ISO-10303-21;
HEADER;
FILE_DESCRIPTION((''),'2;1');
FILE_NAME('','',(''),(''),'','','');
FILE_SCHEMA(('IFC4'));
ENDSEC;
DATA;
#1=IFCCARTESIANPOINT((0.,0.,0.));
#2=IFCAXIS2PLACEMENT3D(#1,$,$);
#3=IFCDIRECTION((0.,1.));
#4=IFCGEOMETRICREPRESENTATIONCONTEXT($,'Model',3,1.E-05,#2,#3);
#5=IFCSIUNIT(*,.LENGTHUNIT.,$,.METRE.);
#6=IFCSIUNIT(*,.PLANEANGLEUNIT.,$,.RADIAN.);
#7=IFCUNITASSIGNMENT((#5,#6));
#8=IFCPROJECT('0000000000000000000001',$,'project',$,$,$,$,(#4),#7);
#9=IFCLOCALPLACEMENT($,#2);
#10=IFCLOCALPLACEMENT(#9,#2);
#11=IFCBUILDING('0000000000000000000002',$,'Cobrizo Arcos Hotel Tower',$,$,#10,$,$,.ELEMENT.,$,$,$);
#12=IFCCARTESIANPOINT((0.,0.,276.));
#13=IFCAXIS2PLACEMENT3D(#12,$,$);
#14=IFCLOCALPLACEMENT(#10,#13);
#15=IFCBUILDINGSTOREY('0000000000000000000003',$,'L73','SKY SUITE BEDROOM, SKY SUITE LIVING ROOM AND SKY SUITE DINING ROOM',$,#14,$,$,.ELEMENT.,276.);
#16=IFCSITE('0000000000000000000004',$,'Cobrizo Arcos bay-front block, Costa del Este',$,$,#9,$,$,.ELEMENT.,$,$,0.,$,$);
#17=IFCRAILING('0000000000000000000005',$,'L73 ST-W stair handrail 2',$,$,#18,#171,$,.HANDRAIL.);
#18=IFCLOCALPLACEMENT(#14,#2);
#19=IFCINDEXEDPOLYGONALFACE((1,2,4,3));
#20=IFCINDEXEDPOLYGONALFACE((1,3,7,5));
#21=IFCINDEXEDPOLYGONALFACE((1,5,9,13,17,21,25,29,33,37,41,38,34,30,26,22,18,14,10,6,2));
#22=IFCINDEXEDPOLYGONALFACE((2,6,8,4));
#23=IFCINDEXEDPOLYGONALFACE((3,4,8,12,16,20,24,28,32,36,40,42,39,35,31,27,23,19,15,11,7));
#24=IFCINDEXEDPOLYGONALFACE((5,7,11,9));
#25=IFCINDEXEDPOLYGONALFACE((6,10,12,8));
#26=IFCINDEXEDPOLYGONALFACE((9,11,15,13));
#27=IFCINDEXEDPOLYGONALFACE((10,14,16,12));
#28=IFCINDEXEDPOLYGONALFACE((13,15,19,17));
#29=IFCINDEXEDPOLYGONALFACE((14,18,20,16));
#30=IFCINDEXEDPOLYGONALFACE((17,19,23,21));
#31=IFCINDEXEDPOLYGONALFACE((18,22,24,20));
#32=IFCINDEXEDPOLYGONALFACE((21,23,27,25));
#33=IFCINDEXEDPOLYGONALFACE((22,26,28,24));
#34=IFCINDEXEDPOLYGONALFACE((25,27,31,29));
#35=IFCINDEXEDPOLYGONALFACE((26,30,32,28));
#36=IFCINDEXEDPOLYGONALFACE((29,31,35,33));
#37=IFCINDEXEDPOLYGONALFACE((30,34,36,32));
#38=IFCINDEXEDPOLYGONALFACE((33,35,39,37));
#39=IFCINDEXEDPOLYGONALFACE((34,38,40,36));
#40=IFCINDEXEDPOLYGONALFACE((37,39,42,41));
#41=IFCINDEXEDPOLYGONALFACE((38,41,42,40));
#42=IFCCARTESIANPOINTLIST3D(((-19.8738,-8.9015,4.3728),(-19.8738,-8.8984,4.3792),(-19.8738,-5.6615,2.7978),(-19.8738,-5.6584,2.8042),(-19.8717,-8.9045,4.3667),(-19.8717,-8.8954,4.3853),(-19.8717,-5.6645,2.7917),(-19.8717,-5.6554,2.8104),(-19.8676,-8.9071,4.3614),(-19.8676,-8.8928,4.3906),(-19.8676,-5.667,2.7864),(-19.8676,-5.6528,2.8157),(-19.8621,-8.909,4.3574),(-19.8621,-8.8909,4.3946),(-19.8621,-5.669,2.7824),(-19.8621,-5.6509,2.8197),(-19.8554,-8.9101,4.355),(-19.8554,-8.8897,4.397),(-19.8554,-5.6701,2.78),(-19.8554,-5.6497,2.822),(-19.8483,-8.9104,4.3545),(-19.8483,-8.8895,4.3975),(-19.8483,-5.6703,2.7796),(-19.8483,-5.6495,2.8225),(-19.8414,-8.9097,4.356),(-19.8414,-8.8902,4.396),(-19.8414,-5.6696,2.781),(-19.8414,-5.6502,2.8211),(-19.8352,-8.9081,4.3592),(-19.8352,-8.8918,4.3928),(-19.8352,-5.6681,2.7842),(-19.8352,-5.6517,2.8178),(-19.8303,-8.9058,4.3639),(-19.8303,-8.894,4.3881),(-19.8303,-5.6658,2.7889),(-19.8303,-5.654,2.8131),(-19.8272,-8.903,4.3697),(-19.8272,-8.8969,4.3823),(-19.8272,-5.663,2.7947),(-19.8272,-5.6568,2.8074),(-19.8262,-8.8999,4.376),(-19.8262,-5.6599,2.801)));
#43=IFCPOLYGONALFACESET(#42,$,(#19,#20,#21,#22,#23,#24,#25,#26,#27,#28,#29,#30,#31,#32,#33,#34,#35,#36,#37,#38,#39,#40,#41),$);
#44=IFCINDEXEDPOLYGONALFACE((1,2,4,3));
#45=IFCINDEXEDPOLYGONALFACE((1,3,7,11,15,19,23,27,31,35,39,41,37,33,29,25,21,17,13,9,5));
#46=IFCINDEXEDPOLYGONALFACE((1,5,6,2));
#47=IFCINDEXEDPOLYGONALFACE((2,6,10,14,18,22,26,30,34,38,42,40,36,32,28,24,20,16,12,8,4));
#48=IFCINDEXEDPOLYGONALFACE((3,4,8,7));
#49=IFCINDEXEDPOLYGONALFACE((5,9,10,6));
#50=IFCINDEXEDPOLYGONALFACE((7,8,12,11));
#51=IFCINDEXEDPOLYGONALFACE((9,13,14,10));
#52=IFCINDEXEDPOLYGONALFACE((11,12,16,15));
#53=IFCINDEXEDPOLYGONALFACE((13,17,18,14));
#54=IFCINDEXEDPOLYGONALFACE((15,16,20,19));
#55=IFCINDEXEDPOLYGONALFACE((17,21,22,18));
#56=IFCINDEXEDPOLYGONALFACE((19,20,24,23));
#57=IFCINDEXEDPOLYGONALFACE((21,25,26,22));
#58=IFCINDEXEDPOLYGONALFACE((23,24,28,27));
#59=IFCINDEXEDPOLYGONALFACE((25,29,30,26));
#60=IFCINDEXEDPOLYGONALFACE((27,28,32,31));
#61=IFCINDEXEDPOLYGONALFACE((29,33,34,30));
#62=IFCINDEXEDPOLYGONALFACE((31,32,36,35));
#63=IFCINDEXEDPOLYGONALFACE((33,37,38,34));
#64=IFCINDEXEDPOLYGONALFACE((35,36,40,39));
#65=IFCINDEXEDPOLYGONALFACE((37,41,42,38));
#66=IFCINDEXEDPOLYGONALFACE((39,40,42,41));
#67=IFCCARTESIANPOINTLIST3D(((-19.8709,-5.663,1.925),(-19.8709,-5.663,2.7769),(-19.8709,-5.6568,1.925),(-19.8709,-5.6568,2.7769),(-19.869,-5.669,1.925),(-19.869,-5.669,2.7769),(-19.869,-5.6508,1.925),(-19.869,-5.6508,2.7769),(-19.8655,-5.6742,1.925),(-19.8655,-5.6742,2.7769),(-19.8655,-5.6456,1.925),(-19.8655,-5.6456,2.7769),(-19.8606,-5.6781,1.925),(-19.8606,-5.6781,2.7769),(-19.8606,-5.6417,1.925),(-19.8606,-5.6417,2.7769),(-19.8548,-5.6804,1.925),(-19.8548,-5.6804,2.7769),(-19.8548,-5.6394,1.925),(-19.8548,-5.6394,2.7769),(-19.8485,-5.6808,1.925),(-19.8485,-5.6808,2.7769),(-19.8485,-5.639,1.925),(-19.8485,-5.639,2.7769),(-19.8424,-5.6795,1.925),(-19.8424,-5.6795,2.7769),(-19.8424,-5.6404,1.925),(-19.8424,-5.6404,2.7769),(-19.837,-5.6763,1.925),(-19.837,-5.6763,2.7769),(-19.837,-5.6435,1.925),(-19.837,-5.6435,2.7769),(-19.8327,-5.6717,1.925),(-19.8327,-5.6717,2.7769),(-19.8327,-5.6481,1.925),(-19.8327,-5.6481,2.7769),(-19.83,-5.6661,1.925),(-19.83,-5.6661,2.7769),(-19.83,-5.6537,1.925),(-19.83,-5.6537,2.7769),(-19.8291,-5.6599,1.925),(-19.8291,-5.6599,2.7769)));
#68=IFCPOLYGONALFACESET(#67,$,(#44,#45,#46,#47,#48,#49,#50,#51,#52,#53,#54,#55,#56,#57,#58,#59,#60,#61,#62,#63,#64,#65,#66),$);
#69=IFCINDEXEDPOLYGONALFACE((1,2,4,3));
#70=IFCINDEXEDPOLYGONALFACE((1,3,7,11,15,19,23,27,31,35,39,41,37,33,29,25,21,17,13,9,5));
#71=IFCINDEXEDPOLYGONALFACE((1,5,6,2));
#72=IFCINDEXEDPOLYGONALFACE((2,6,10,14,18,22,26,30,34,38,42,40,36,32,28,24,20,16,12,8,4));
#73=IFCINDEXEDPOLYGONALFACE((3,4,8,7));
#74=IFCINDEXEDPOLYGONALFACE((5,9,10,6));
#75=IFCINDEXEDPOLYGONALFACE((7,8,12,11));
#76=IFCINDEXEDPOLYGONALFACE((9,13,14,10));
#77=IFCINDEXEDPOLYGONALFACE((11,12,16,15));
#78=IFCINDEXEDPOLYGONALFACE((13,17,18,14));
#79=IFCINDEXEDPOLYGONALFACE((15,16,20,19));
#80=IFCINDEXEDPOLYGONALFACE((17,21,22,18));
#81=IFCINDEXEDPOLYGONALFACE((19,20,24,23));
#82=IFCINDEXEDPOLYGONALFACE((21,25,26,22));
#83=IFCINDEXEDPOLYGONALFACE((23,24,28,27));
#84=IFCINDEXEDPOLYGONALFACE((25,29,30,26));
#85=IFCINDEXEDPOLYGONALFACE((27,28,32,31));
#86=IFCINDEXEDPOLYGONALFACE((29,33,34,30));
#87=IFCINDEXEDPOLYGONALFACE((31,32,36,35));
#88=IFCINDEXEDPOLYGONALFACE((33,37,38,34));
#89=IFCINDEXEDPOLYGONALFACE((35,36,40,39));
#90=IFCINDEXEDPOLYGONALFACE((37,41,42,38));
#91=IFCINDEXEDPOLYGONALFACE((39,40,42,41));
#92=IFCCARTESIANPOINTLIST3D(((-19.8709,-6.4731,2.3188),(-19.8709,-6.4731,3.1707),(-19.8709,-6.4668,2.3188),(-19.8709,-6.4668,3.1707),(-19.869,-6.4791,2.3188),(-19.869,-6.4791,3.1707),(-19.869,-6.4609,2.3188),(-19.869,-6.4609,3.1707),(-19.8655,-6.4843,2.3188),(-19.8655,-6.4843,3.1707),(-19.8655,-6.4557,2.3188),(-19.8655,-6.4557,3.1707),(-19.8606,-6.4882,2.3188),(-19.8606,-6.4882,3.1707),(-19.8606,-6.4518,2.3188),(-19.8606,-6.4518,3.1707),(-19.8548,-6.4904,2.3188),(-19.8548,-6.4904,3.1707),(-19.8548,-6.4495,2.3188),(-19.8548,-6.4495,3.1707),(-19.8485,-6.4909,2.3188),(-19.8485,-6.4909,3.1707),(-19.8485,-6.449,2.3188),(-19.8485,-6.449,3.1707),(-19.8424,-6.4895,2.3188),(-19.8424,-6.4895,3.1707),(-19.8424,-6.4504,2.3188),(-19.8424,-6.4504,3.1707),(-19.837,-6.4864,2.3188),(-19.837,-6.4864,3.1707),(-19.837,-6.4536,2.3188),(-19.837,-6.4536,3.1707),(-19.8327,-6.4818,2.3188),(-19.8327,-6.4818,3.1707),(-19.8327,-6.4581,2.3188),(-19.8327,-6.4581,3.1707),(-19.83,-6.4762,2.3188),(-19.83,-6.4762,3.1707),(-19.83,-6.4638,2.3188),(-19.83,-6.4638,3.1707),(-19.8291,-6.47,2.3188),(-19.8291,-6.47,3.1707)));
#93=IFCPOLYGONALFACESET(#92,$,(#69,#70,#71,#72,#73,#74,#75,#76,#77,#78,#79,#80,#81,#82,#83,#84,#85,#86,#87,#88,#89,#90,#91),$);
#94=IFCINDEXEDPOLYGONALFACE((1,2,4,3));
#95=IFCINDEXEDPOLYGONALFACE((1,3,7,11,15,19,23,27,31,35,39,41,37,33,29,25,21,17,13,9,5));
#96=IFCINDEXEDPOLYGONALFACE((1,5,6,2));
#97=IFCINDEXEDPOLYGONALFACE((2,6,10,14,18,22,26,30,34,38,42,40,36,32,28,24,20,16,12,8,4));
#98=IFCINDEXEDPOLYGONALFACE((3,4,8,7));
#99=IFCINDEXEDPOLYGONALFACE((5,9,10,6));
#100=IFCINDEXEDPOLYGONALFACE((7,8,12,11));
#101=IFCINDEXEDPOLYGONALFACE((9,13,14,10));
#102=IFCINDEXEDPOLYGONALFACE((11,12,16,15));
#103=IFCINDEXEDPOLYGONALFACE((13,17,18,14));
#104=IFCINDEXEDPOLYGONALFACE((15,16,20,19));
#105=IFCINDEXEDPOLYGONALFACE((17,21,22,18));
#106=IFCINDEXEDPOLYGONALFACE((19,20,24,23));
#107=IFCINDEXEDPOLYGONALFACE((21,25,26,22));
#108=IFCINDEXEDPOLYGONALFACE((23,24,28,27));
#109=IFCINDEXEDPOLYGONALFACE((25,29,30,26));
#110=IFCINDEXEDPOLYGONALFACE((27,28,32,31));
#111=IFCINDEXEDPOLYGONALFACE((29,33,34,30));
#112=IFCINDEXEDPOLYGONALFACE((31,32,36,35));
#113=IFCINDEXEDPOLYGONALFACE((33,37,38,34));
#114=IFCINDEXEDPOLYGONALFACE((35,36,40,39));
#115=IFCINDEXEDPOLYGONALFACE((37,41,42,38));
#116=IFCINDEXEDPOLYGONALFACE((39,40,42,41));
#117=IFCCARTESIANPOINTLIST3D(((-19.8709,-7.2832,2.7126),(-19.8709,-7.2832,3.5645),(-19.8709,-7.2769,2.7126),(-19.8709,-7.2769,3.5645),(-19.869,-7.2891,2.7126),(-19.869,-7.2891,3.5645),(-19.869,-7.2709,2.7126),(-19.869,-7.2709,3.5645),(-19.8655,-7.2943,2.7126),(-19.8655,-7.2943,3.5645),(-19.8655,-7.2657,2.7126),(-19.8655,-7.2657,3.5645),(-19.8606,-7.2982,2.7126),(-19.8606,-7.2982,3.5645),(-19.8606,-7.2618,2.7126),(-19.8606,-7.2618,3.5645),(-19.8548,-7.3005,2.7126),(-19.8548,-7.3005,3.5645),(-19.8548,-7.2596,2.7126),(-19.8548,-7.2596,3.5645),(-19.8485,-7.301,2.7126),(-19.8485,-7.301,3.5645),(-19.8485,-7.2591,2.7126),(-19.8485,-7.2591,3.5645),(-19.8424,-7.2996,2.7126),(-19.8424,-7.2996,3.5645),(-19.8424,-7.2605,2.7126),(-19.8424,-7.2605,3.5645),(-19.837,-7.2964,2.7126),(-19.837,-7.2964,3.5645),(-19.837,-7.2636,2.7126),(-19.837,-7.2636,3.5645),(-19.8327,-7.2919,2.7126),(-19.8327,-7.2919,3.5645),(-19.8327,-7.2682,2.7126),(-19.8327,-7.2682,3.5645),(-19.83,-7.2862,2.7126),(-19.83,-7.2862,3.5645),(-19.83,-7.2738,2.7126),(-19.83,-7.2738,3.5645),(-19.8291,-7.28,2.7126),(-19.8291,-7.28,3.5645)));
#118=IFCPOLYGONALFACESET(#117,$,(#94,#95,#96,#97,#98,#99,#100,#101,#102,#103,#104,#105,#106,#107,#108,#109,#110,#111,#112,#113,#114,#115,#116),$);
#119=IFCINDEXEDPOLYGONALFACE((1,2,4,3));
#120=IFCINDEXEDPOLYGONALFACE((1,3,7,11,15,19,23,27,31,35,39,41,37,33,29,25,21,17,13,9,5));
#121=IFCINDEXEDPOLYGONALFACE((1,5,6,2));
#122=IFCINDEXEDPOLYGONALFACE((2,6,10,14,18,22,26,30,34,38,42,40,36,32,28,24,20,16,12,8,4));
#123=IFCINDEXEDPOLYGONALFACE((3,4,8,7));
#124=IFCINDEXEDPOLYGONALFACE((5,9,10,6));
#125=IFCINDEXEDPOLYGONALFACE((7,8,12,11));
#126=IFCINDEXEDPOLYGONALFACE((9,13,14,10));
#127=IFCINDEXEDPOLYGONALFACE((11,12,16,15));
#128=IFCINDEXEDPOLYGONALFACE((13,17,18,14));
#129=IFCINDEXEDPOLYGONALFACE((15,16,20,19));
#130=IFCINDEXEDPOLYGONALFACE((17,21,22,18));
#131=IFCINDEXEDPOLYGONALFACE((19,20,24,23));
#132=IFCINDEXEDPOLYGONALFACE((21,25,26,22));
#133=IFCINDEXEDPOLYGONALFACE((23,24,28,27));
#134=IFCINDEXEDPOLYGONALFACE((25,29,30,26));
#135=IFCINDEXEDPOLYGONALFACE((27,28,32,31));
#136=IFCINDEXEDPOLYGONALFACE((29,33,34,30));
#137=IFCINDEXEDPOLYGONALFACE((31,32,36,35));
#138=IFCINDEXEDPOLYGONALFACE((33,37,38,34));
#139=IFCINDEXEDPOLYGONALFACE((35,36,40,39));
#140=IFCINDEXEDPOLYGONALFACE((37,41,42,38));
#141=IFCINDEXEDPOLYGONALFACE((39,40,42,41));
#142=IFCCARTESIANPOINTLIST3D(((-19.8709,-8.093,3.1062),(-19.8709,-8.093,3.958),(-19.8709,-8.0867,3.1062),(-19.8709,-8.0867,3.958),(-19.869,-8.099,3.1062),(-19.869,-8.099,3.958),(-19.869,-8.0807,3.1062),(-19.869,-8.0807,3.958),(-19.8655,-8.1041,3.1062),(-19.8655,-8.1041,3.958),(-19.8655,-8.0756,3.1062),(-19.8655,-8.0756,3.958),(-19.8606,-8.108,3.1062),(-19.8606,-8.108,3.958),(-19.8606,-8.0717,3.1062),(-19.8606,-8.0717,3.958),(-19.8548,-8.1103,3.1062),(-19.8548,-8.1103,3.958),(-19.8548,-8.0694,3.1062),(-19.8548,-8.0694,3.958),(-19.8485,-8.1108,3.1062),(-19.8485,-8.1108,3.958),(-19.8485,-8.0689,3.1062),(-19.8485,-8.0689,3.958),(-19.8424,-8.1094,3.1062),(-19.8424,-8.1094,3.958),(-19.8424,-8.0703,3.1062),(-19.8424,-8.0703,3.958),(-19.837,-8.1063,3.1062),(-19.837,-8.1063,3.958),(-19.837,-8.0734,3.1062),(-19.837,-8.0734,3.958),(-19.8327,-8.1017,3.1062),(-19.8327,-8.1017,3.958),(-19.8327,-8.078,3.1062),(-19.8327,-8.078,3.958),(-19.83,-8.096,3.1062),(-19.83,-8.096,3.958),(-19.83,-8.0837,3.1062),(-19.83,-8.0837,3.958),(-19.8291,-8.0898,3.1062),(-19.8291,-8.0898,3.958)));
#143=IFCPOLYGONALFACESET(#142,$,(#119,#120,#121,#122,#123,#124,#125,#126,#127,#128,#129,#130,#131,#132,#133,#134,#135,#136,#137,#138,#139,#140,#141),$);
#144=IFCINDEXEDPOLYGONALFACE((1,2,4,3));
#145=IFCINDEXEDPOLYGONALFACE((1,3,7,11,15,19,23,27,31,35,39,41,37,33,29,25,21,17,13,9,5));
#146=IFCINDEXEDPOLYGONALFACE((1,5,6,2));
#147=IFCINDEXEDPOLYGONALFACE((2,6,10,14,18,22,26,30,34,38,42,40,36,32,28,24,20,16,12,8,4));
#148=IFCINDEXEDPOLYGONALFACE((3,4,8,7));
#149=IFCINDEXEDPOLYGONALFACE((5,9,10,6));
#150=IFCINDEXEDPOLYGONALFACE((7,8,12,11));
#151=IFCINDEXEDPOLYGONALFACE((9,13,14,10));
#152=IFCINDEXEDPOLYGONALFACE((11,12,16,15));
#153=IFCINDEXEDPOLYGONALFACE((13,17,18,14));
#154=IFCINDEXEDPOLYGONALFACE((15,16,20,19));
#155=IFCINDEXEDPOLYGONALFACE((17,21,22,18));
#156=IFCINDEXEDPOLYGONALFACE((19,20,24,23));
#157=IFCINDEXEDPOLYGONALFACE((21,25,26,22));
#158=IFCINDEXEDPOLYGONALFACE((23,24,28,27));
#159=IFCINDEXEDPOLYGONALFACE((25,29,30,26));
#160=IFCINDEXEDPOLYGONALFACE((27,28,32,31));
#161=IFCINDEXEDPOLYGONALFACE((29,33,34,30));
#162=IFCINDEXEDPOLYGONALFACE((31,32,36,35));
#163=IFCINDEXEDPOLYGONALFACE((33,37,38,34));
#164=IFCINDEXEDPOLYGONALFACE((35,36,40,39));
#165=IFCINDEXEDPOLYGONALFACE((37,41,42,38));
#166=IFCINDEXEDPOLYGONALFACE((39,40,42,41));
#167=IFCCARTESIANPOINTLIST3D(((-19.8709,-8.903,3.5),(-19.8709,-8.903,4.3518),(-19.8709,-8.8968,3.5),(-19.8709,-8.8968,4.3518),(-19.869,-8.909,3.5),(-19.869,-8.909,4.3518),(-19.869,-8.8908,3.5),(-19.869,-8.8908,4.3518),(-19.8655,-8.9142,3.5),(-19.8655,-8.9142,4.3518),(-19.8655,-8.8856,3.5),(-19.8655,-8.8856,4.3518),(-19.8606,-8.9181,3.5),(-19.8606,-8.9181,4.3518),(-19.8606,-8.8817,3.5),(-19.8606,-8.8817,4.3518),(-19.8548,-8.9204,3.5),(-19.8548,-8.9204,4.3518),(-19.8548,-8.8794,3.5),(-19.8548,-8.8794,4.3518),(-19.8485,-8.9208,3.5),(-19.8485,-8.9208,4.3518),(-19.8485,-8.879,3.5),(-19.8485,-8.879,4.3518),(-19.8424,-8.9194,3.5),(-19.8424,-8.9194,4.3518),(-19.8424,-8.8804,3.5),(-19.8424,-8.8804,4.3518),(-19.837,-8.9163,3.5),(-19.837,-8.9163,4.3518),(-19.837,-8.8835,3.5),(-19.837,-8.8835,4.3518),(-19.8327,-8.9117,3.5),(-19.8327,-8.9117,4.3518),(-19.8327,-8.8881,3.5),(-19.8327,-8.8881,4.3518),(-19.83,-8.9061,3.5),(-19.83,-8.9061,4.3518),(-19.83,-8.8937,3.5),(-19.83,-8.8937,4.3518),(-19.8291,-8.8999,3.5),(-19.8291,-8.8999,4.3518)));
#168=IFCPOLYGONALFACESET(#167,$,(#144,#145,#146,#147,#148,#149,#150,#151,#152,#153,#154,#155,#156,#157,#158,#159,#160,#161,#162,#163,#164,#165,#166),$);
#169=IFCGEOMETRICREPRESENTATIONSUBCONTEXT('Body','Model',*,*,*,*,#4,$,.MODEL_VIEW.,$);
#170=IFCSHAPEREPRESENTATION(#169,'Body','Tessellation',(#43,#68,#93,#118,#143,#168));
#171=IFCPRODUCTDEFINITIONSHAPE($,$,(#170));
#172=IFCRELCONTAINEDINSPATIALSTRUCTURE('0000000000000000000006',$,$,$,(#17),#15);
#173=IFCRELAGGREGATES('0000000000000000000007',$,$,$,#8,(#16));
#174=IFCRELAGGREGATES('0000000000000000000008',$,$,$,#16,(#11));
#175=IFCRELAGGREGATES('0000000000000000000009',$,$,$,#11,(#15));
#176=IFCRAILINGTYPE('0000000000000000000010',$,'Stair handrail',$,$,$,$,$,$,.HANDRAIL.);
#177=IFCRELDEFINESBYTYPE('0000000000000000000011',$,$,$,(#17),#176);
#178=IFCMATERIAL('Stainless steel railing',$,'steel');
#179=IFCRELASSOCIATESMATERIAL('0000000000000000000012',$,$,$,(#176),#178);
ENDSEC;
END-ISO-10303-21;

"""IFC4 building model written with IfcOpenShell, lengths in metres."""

from ifc_helpers import new_model, si_unit, direction, frame, origin, origin_2d, place, context, subcontext, project, spatial, circle, extrude, material, type_object, element, save


model = new_model("IFC4")

# Units and contexts
model_context = context("Model", 3, precision=1e-05, world=origin(), true_north=direction((0.0, 1.0)))
body_context = subcontext(model_context, "Body", "Model", "MODEL_VIEW")
ifc_project = project(units=[si_unit("LENGTHUNIT", "METRE"), si_unit("PLANEANGLEUNIT", "RADIAN")], contexts=[model_context])

# Site, building, storey
site_placement = place(None, origin())
site = spatial("IfcSite", under=ifc_project, at=site_placement, Name="Cobrizo Arcos bay-front block, Costa del Este", CompositionType="ELEMENT", RefElevation=0.0)
building_placement = place(site_placement, origin())
building = spatial("IfcBuilding", under=site, at=building_placement, Name="Cobrizo Arcos Hotel Tower", CompositionType="ELEMENT")
storey_placement = place(building_placement, frame((0.0, 0.0, 276.0)))
storey = spatial("IfcBuildingStorey", under=building, at=storey_placement, Name="L73", Description="SKY SUITE BEDROOM, SKY SUITE LIVING ROOM AND SKY SUITE DINING ROOM", CompositionType="ELEMENT", Elevation=276.0)

# Railing
ifc_material_1 = material(Name="Stainless steel railing", Category="steel")
railing_type_1 = type_object("IfcRailingType", Name="Stair handrail", PredefinedType="HANDRAIL", material=ifc_material_1)
railing_1_placement = place(storey_placement, frame((-19.8501, -5.6599, 1.925)))
element("IfcRailing", 1, at=railing_1_placement, inside=storey, type_object=railing_type_1, Name="L73 ST-W stair handrail 2", PredefinedType="HANDRAIL", context=body_context, shape_type="SweptSolid", body=[
    extrude(circle(Radius=0.0239, at=origin_2d()), frame((0.0, 0.0, 0.876), z_axis=(0.0, -0.899373, 0.437183), x_axis=(1.0, 0.0, 0.0)), (0.0, 0.0, 1.0), 3.6025),
    extrude(circle(Radius=0.021, at=origin_2d()), origin(), (0.0, 0.0, 1.0), 0.8518),
    extrude(circle(Radius=0.021, at=origin_2d()), frame((0.0, -0.8101, 0.3938)), (0.0, 0.0, 1.0), 0.8518),
    extrude(circle(Radius=0.021, at=origin_2d()), frame((0.0, -1.6201, 0.7876)), (0.0, 0.0, 1.0), 0.8518),
    extrude(circle(Radius=0.021, at=origin_2d()), frame((0.0, -2.4299, 1.1812)), (0.0, 0.0, 1.0), 0.8518),
    extrude(circle(Radius=0.021, at=origin_2d()), frame((0.0, -3.24, 1.575)), (0.0, 0.0, 1.0), 0.8518),
])

save(model, "model.ifc")
